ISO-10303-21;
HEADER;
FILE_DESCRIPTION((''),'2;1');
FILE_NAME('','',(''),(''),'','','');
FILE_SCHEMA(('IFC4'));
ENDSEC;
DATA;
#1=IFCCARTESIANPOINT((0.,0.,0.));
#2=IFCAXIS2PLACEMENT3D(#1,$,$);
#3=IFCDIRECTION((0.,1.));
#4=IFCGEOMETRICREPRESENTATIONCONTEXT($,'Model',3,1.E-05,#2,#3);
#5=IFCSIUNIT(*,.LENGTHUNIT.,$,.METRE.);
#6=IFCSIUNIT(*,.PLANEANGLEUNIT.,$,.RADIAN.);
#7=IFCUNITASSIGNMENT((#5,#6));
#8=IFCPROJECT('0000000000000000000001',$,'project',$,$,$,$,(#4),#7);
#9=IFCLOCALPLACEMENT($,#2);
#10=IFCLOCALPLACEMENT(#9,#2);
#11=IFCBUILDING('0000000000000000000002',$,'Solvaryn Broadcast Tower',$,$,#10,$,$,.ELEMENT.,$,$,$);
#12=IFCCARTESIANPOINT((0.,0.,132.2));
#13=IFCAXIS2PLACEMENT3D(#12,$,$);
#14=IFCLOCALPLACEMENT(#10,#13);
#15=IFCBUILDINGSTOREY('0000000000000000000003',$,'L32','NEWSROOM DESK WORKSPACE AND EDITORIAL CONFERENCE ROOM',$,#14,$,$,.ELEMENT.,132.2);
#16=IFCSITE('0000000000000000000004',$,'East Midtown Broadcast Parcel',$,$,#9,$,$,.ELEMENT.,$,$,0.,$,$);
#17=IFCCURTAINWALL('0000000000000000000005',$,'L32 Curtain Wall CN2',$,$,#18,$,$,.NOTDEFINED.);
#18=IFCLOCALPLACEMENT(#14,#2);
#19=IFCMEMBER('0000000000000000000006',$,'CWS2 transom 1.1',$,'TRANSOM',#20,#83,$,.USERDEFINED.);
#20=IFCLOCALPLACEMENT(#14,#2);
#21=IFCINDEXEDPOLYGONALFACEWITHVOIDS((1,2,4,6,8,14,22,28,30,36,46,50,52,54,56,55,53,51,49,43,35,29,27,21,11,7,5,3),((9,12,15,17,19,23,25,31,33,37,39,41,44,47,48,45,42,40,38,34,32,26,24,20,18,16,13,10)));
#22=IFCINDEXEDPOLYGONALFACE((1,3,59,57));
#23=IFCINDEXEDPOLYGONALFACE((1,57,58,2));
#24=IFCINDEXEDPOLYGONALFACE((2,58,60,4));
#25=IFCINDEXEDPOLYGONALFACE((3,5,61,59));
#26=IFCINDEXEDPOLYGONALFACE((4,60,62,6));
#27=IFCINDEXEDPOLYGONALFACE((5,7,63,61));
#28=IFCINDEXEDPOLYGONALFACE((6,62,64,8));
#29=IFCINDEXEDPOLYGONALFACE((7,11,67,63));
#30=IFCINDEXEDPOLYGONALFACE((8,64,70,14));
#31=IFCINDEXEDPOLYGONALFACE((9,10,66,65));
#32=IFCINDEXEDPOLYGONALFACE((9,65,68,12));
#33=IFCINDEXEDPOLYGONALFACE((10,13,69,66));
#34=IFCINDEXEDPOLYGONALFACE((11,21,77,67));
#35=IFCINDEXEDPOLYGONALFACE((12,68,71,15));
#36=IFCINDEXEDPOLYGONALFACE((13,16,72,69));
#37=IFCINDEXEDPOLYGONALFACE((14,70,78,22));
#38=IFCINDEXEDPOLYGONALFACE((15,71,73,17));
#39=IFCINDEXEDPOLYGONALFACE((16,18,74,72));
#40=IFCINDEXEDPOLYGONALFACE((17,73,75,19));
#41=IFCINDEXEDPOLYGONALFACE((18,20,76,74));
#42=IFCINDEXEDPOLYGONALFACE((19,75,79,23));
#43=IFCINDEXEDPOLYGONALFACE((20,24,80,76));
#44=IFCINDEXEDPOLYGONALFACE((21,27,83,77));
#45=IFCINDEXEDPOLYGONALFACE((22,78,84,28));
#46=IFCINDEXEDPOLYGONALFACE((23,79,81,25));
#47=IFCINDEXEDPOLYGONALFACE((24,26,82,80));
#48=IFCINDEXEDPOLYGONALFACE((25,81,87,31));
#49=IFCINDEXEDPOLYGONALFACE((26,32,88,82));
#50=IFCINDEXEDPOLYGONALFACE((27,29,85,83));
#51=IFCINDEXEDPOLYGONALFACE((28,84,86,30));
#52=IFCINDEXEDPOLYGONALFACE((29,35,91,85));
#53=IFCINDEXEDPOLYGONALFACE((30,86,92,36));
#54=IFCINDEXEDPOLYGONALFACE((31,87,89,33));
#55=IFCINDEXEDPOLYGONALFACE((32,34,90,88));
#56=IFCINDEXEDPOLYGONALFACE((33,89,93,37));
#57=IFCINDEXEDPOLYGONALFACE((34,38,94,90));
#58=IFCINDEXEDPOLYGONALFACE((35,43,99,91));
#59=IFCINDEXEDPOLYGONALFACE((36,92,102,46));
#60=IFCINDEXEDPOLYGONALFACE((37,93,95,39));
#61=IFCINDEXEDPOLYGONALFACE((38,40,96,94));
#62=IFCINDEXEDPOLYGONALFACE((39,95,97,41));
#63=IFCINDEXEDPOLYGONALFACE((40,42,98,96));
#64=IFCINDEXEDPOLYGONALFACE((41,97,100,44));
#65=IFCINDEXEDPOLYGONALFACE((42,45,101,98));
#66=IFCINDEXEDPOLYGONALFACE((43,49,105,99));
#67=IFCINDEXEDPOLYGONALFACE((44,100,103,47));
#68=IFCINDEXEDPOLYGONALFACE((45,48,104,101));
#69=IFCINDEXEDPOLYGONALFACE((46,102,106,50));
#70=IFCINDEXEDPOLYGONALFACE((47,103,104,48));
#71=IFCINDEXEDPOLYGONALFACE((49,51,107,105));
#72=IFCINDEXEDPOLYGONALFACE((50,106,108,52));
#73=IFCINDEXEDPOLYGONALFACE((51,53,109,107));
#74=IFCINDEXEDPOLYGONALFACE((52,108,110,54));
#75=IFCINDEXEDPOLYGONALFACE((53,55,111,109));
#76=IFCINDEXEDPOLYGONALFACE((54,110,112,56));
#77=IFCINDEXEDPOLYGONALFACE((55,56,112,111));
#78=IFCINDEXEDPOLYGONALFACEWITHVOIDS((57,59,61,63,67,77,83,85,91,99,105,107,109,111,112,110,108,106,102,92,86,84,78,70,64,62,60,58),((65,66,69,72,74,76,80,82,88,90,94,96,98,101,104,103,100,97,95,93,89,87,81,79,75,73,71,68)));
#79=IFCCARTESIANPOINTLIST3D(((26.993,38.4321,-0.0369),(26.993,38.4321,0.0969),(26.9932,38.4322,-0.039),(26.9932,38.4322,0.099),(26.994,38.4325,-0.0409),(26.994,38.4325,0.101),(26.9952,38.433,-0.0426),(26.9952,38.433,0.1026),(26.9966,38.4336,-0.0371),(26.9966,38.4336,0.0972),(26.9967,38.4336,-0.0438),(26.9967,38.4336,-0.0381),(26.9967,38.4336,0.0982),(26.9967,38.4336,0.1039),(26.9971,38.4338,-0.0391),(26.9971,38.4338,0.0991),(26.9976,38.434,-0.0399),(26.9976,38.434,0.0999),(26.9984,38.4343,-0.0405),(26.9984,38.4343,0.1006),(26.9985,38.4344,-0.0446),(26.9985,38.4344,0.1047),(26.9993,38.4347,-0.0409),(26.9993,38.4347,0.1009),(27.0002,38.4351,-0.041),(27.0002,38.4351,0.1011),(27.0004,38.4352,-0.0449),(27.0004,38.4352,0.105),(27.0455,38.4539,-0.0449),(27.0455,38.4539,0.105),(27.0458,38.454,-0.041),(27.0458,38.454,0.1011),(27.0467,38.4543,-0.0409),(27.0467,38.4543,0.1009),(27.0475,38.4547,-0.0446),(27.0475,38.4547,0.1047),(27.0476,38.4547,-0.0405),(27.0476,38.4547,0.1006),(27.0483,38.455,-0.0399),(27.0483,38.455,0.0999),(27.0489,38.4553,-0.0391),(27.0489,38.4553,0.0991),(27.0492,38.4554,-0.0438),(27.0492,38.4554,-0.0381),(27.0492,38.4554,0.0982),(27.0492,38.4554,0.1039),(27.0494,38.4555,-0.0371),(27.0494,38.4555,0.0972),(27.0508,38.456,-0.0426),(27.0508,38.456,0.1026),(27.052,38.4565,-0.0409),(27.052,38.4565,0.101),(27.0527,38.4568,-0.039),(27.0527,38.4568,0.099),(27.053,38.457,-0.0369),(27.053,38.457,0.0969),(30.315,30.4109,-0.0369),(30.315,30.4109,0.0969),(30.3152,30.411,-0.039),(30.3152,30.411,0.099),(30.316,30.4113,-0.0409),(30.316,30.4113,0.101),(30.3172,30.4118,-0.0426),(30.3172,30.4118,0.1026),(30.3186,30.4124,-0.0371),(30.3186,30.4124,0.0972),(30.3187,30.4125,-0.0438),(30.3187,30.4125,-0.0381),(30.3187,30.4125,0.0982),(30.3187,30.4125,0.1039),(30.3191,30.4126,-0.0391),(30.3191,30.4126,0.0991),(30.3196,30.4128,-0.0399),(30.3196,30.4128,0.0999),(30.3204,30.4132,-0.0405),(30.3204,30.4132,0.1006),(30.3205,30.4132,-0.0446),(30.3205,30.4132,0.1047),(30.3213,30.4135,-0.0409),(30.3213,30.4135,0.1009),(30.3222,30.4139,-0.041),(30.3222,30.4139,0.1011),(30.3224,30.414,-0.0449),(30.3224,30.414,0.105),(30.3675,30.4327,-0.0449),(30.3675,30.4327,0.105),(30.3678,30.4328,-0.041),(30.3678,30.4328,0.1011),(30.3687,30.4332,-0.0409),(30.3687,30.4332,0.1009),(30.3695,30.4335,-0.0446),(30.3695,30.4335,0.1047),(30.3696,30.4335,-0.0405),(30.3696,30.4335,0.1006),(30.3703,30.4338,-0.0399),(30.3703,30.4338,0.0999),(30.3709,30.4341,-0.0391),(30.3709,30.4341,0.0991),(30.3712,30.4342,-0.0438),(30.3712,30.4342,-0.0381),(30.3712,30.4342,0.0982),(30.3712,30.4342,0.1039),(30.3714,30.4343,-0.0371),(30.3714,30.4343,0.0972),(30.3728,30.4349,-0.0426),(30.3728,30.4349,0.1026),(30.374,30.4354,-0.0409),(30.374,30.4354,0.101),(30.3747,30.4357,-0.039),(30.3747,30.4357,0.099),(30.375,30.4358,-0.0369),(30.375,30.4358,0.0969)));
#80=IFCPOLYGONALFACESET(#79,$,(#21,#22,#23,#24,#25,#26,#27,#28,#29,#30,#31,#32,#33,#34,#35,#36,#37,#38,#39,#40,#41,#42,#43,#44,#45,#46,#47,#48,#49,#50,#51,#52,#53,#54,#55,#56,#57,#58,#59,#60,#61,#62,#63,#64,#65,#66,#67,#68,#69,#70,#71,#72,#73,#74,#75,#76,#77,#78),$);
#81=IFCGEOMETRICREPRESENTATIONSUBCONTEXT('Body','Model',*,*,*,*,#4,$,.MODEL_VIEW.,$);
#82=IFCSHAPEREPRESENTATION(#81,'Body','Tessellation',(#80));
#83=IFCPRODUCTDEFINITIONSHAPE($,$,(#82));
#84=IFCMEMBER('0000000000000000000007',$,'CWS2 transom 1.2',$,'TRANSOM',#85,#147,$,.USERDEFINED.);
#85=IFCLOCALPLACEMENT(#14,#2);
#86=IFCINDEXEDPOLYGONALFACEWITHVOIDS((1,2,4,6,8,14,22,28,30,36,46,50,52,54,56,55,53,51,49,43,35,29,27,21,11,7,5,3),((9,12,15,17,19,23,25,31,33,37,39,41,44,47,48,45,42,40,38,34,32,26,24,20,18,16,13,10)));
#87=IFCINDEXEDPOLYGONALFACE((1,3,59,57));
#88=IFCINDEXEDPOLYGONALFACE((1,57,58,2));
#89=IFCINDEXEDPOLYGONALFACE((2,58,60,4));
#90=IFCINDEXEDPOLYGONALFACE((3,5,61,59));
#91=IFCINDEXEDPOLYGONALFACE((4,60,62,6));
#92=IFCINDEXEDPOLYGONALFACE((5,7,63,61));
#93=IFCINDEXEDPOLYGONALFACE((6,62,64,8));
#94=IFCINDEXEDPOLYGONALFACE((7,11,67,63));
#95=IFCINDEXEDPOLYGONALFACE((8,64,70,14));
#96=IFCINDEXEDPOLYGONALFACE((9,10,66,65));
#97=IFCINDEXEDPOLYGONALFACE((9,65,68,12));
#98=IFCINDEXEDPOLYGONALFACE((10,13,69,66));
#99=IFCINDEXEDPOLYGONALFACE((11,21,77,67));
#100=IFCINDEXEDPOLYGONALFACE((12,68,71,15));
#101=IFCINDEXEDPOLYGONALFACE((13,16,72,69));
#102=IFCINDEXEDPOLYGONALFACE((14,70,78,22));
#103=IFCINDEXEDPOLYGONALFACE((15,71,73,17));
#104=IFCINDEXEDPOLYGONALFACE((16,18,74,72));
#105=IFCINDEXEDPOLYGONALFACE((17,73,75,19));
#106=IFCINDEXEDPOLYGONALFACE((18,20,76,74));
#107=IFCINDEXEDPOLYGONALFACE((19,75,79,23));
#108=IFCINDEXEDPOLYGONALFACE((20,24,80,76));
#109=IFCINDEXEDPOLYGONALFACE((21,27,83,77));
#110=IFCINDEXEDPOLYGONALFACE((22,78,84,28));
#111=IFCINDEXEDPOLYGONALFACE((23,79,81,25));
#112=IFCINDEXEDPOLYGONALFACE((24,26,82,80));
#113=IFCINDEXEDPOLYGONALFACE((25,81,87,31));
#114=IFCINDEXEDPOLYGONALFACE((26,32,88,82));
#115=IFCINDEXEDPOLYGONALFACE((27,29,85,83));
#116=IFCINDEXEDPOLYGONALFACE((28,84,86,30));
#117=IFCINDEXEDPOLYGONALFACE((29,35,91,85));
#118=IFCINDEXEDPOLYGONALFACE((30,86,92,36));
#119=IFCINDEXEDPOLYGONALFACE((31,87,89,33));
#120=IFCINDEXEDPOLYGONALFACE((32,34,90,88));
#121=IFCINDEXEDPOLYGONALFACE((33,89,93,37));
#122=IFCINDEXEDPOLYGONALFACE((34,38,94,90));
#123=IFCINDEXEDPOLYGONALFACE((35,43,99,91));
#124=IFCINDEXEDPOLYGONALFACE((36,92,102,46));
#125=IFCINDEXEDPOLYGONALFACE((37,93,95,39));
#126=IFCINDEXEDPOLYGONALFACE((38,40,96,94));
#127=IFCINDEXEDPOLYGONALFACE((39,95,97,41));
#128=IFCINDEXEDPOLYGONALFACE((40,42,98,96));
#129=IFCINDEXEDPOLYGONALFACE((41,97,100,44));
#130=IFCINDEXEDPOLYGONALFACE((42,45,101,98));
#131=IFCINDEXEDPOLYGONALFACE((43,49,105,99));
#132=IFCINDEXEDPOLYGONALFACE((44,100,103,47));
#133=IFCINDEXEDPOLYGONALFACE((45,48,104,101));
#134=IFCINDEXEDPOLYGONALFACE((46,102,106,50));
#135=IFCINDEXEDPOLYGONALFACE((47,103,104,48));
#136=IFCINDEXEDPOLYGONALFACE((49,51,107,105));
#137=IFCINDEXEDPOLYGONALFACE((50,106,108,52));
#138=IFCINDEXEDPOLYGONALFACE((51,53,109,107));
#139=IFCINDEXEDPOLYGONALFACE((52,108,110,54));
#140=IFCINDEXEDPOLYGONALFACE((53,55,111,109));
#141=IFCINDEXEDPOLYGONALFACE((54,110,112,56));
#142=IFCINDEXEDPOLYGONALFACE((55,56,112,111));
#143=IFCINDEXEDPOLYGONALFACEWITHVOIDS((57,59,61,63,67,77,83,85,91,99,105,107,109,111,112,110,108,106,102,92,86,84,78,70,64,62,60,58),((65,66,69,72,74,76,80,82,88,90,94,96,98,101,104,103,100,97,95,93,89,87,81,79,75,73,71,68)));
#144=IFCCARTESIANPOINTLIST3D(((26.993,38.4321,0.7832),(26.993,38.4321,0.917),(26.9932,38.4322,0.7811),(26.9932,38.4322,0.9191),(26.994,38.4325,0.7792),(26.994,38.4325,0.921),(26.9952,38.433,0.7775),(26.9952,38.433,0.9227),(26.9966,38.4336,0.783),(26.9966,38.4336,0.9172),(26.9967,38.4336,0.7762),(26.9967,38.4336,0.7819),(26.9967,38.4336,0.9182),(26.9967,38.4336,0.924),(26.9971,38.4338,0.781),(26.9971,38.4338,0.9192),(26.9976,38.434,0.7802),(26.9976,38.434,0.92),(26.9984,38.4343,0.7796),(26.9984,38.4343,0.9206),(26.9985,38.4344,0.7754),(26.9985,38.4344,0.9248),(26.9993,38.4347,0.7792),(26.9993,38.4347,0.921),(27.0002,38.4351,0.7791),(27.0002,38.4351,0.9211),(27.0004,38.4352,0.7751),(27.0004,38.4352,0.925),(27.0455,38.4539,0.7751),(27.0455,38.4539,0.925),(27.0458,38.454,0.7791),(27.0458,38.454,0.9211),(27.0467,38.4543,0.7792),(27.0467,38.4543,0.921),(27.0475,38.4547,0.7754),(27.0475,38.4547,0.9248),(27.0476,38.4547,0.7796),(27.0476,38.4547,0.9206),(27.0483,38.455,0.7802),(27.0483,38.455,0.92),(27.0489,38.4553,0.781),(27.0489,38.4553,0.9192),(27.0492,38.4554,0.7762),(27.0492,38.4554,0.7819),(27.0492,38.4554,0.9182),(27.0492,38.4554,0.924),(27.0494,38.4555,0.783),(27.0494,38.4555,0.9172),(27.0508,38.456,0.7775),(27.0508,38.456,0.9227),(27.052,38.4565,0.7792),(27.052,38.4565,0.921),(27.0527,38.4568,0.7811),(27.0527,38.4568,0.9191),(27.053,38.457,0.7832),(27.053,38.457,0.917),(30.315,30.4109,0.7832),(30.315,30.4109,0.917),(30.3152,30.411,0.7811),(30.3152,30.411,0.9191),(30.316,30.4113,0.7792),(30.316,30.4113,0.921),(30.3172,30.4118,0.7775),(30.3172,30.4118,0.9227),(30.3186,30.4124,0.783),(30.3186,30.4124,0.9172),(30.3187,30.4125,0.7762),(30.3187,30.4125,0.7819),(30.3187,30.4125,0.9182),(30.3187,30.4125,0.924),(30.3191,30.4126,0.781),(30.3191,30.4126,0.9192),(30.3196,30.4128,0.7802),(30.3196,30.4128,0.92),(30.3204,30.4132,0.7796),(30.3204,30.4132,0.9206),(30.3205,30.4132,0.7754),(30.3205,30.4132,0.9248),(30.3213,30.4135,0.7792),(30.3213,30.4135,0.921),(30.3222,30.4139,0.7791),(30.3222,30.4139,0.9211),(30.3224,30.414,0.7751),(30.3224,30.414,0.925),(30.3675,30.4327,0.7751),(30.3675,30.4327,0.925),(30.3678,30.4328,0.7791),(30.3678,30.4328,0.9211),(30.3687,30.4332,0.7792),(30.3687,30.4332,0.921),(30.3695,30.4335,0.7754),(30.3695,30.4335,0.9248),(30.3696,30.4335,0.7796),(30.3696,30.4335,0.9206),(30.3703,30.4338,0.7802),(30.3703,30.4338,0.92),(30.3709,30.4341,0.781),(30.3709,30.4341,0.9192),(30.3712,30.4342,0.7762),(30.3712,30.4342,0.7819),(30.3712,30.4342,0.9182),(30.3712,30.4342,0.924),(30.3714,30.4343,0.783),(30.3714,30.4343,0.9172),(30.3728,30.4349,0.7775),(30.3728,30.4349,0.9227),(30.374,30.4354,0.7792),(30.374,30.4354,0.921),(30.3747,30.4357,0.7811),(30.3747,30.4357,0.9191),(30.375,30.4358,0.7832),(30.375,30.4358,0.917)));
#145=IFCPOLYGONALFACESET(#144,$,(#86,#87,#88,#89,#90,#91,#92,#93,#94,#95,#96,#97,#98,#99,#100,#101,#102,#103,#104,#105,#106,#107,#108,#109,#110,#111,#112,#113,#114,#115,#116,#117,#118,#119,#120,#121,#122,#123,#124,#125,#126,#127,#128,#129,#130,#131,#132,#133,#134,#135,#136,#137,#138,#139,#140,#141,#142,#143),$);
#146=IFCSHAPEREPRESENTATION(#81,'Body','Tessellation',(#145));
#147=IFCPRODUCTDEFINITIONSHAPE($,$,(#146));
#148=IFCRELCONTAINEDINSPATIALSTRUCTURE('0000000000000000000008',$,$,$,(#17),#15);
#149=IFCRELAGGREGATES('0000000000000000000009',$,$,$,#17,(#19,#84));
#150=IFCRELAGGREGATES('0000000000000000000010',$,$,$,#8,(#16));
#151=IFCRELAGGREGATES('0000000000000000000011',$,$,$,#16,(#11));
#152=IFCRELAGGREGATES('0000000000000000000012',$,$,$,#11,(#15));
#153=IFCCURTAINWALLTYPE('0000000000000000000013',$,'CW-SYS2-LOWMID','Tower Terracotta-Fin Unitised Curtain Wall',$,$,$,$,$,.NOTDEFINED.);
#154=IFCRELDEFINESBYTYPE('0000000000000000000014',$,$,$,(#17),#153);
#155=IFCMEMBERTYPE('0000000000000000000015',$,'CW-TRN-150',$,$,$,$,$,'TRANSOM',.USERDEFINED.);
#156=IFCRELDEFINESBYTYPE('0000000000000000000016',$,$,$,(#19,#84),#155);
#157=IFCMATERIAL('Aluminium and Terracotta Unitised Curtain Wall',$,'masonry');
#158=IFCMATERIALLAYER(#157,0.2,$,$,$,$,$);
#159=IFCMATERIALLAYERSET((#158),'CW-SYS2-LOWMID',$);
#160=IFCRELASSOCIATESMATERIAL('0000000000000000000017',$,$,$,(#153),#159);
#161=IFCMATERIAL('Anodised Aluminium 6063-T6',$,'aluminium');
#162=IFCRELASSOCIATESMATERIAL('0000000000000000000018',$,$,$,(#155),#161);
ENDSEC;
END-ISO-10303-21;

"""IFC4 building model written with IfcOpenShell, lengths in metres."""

from ifc_helpers import new_model, si_unit, direction, frame, origin, origin_2d, place, context, subcontext, project, spatial, hollow_rectangle, extrude, material, layer, layer_set, material_profile, profile_set, type_object, element, aggregate, save


model = new_model("IFC4")

# Units and contexts
model_context = context("Model", 3, precision=1e-05, world=origin(), true_north=direction((0.0, 1.0)))
body_context = subcontext(model_context, "Body", "Model", "MODEL_VIEW")
ifc_project = project(units=[si_unit("LENGTHUNIT", "METRE"), si_unit("PLANEANGLEUNIT", "RADIAN")], contexts=[model_context])

# Site, building, storey
site_placement = place(None, origin())
site = spatial("IfcSite", under=ifc_project, at=site_placement, Name="East Midtown Broadcast Parcel", CompositionType="ELEMENT", RefElevation=0.0)
building_placement = place(site_placement, origin())
building = spatial("IfcBuilding", under=site, at=building_placement, Name="Solvaryn Broadcast Tower", CompositionType="ELEMENT")
storey_placement = place(building_placement, frame((0.0, 0.0, 132.2)))
storey = spatial("IfcBuildingStorey", under=building, at=storey_placement, Name="L32", Description="NEWSROOM DESK WORKSPACE AND EDITORIAL CONFERENCE ROOM", CompositionType="ELEMENT", Elevation=132.2)

# Shared definitions
ifc_material_1 = material(Name="Aluminium and Terracotta Unitised Curtain Wall", Category="masonry")
ifc_layer_1 = layer(ifc_material_1, 0.2)
ifc_layer_set_1 = layer_set([ifc_layer_1], Name="CW-SYS2-LOWMID")
curtain_wall_type = type_object("IfcCurtainWallType", Name="CW-SYS2-LOWMID", Description="Tower Terracotta-Fin Unitised Curtain Wall", PredefinedType="NOTDEFINED", material=ifc_layer_set_1)

# Curtain wall, members
curtain_wall_1_placement = place(storey_placement, origin())
curtain_wall_1 = element("IfcCurtainWall", 1, at=curtain_wall_1_placement, inside=storey, type_object=curtain_wall_type, Name="L32 Curtain Wall CN2", PredefinedType="NOTDEFINED")
ifc_material_2 = material(Name="Anodised Aluminium 6063-T6", Category="aluminium")
ifc_material_profile_1 = material_profile(ifc_material_2, hollow_rectangle(XDim=0.0649, YDim=0.1499, WallThickness=0.0039, InnerFilletRadius=0.0039, OuterFilletRadius=0.0081, at=origin_2d()))
ifc_profile_set_1 = profile_set([ifc_material_profile_1], Name="Anodised Aluminium 6063-T6")
member_type_1 = type_object("IfcMemberType", Name="CW-TRN-150", ElementType="TRANSOM", PredefinedType="USERDEFINED", material=ifc_profile_set_1)
member_1_placement = place(storey_placement, frame((30.345, 30.4233, 0.03), z_axis=(-0.382636, 0.923899, 0.0), x_axis=(-0.923899, -0.382636, 0.0)))
member_1 = element("IfcMember", 2, at=member_1_placement, type_object=member_type_1, Name="CWS2 transom 1.1", ObjectType="TRANSOM", PredefinedType="USERDEFINED", context=body_context, shape_type="SweptSolid", body=[
    extrude(hollow_rectangle(XDim=0.0649, YDim=0.1499, WallThickness=0.0039, InnerFilletRadius=0.0039, OuterFilletRadius=0.0081, at=origin_2d()), origin(), (0.0, 0.0, 1.0), 8.6819),
])
member_2_placement = place(storey_placement, frame((30.345, 30.4233, 0.8501), z_axis=(-0.382636, 0.923899, 0.0), x_axis=(-0.923899, -0.382636, 0.0)))
member_2 = element("IfcMember", 3, at=member_2_placement, type_object=member_type_1, Name="CWS2 transom 1.2", ObjectType="TRANSOM", PredefinedType="USERDEFINED", context=body_context, shape_type="SweptSolid", body=[
    extrude(hollow_rectangle(XDim=0.0649, YDim=0.1499, WallThickness=0.0039, InnerFilletRadius=0.0039, OuterFilletRadius=0.0081, at=origin_2d()), origin(), (0.0, 0.0, 1.0), 8.6819),
])

aggregate(curtain_wall_1, [member_1, member_2])

save(model, "model.ifc")
